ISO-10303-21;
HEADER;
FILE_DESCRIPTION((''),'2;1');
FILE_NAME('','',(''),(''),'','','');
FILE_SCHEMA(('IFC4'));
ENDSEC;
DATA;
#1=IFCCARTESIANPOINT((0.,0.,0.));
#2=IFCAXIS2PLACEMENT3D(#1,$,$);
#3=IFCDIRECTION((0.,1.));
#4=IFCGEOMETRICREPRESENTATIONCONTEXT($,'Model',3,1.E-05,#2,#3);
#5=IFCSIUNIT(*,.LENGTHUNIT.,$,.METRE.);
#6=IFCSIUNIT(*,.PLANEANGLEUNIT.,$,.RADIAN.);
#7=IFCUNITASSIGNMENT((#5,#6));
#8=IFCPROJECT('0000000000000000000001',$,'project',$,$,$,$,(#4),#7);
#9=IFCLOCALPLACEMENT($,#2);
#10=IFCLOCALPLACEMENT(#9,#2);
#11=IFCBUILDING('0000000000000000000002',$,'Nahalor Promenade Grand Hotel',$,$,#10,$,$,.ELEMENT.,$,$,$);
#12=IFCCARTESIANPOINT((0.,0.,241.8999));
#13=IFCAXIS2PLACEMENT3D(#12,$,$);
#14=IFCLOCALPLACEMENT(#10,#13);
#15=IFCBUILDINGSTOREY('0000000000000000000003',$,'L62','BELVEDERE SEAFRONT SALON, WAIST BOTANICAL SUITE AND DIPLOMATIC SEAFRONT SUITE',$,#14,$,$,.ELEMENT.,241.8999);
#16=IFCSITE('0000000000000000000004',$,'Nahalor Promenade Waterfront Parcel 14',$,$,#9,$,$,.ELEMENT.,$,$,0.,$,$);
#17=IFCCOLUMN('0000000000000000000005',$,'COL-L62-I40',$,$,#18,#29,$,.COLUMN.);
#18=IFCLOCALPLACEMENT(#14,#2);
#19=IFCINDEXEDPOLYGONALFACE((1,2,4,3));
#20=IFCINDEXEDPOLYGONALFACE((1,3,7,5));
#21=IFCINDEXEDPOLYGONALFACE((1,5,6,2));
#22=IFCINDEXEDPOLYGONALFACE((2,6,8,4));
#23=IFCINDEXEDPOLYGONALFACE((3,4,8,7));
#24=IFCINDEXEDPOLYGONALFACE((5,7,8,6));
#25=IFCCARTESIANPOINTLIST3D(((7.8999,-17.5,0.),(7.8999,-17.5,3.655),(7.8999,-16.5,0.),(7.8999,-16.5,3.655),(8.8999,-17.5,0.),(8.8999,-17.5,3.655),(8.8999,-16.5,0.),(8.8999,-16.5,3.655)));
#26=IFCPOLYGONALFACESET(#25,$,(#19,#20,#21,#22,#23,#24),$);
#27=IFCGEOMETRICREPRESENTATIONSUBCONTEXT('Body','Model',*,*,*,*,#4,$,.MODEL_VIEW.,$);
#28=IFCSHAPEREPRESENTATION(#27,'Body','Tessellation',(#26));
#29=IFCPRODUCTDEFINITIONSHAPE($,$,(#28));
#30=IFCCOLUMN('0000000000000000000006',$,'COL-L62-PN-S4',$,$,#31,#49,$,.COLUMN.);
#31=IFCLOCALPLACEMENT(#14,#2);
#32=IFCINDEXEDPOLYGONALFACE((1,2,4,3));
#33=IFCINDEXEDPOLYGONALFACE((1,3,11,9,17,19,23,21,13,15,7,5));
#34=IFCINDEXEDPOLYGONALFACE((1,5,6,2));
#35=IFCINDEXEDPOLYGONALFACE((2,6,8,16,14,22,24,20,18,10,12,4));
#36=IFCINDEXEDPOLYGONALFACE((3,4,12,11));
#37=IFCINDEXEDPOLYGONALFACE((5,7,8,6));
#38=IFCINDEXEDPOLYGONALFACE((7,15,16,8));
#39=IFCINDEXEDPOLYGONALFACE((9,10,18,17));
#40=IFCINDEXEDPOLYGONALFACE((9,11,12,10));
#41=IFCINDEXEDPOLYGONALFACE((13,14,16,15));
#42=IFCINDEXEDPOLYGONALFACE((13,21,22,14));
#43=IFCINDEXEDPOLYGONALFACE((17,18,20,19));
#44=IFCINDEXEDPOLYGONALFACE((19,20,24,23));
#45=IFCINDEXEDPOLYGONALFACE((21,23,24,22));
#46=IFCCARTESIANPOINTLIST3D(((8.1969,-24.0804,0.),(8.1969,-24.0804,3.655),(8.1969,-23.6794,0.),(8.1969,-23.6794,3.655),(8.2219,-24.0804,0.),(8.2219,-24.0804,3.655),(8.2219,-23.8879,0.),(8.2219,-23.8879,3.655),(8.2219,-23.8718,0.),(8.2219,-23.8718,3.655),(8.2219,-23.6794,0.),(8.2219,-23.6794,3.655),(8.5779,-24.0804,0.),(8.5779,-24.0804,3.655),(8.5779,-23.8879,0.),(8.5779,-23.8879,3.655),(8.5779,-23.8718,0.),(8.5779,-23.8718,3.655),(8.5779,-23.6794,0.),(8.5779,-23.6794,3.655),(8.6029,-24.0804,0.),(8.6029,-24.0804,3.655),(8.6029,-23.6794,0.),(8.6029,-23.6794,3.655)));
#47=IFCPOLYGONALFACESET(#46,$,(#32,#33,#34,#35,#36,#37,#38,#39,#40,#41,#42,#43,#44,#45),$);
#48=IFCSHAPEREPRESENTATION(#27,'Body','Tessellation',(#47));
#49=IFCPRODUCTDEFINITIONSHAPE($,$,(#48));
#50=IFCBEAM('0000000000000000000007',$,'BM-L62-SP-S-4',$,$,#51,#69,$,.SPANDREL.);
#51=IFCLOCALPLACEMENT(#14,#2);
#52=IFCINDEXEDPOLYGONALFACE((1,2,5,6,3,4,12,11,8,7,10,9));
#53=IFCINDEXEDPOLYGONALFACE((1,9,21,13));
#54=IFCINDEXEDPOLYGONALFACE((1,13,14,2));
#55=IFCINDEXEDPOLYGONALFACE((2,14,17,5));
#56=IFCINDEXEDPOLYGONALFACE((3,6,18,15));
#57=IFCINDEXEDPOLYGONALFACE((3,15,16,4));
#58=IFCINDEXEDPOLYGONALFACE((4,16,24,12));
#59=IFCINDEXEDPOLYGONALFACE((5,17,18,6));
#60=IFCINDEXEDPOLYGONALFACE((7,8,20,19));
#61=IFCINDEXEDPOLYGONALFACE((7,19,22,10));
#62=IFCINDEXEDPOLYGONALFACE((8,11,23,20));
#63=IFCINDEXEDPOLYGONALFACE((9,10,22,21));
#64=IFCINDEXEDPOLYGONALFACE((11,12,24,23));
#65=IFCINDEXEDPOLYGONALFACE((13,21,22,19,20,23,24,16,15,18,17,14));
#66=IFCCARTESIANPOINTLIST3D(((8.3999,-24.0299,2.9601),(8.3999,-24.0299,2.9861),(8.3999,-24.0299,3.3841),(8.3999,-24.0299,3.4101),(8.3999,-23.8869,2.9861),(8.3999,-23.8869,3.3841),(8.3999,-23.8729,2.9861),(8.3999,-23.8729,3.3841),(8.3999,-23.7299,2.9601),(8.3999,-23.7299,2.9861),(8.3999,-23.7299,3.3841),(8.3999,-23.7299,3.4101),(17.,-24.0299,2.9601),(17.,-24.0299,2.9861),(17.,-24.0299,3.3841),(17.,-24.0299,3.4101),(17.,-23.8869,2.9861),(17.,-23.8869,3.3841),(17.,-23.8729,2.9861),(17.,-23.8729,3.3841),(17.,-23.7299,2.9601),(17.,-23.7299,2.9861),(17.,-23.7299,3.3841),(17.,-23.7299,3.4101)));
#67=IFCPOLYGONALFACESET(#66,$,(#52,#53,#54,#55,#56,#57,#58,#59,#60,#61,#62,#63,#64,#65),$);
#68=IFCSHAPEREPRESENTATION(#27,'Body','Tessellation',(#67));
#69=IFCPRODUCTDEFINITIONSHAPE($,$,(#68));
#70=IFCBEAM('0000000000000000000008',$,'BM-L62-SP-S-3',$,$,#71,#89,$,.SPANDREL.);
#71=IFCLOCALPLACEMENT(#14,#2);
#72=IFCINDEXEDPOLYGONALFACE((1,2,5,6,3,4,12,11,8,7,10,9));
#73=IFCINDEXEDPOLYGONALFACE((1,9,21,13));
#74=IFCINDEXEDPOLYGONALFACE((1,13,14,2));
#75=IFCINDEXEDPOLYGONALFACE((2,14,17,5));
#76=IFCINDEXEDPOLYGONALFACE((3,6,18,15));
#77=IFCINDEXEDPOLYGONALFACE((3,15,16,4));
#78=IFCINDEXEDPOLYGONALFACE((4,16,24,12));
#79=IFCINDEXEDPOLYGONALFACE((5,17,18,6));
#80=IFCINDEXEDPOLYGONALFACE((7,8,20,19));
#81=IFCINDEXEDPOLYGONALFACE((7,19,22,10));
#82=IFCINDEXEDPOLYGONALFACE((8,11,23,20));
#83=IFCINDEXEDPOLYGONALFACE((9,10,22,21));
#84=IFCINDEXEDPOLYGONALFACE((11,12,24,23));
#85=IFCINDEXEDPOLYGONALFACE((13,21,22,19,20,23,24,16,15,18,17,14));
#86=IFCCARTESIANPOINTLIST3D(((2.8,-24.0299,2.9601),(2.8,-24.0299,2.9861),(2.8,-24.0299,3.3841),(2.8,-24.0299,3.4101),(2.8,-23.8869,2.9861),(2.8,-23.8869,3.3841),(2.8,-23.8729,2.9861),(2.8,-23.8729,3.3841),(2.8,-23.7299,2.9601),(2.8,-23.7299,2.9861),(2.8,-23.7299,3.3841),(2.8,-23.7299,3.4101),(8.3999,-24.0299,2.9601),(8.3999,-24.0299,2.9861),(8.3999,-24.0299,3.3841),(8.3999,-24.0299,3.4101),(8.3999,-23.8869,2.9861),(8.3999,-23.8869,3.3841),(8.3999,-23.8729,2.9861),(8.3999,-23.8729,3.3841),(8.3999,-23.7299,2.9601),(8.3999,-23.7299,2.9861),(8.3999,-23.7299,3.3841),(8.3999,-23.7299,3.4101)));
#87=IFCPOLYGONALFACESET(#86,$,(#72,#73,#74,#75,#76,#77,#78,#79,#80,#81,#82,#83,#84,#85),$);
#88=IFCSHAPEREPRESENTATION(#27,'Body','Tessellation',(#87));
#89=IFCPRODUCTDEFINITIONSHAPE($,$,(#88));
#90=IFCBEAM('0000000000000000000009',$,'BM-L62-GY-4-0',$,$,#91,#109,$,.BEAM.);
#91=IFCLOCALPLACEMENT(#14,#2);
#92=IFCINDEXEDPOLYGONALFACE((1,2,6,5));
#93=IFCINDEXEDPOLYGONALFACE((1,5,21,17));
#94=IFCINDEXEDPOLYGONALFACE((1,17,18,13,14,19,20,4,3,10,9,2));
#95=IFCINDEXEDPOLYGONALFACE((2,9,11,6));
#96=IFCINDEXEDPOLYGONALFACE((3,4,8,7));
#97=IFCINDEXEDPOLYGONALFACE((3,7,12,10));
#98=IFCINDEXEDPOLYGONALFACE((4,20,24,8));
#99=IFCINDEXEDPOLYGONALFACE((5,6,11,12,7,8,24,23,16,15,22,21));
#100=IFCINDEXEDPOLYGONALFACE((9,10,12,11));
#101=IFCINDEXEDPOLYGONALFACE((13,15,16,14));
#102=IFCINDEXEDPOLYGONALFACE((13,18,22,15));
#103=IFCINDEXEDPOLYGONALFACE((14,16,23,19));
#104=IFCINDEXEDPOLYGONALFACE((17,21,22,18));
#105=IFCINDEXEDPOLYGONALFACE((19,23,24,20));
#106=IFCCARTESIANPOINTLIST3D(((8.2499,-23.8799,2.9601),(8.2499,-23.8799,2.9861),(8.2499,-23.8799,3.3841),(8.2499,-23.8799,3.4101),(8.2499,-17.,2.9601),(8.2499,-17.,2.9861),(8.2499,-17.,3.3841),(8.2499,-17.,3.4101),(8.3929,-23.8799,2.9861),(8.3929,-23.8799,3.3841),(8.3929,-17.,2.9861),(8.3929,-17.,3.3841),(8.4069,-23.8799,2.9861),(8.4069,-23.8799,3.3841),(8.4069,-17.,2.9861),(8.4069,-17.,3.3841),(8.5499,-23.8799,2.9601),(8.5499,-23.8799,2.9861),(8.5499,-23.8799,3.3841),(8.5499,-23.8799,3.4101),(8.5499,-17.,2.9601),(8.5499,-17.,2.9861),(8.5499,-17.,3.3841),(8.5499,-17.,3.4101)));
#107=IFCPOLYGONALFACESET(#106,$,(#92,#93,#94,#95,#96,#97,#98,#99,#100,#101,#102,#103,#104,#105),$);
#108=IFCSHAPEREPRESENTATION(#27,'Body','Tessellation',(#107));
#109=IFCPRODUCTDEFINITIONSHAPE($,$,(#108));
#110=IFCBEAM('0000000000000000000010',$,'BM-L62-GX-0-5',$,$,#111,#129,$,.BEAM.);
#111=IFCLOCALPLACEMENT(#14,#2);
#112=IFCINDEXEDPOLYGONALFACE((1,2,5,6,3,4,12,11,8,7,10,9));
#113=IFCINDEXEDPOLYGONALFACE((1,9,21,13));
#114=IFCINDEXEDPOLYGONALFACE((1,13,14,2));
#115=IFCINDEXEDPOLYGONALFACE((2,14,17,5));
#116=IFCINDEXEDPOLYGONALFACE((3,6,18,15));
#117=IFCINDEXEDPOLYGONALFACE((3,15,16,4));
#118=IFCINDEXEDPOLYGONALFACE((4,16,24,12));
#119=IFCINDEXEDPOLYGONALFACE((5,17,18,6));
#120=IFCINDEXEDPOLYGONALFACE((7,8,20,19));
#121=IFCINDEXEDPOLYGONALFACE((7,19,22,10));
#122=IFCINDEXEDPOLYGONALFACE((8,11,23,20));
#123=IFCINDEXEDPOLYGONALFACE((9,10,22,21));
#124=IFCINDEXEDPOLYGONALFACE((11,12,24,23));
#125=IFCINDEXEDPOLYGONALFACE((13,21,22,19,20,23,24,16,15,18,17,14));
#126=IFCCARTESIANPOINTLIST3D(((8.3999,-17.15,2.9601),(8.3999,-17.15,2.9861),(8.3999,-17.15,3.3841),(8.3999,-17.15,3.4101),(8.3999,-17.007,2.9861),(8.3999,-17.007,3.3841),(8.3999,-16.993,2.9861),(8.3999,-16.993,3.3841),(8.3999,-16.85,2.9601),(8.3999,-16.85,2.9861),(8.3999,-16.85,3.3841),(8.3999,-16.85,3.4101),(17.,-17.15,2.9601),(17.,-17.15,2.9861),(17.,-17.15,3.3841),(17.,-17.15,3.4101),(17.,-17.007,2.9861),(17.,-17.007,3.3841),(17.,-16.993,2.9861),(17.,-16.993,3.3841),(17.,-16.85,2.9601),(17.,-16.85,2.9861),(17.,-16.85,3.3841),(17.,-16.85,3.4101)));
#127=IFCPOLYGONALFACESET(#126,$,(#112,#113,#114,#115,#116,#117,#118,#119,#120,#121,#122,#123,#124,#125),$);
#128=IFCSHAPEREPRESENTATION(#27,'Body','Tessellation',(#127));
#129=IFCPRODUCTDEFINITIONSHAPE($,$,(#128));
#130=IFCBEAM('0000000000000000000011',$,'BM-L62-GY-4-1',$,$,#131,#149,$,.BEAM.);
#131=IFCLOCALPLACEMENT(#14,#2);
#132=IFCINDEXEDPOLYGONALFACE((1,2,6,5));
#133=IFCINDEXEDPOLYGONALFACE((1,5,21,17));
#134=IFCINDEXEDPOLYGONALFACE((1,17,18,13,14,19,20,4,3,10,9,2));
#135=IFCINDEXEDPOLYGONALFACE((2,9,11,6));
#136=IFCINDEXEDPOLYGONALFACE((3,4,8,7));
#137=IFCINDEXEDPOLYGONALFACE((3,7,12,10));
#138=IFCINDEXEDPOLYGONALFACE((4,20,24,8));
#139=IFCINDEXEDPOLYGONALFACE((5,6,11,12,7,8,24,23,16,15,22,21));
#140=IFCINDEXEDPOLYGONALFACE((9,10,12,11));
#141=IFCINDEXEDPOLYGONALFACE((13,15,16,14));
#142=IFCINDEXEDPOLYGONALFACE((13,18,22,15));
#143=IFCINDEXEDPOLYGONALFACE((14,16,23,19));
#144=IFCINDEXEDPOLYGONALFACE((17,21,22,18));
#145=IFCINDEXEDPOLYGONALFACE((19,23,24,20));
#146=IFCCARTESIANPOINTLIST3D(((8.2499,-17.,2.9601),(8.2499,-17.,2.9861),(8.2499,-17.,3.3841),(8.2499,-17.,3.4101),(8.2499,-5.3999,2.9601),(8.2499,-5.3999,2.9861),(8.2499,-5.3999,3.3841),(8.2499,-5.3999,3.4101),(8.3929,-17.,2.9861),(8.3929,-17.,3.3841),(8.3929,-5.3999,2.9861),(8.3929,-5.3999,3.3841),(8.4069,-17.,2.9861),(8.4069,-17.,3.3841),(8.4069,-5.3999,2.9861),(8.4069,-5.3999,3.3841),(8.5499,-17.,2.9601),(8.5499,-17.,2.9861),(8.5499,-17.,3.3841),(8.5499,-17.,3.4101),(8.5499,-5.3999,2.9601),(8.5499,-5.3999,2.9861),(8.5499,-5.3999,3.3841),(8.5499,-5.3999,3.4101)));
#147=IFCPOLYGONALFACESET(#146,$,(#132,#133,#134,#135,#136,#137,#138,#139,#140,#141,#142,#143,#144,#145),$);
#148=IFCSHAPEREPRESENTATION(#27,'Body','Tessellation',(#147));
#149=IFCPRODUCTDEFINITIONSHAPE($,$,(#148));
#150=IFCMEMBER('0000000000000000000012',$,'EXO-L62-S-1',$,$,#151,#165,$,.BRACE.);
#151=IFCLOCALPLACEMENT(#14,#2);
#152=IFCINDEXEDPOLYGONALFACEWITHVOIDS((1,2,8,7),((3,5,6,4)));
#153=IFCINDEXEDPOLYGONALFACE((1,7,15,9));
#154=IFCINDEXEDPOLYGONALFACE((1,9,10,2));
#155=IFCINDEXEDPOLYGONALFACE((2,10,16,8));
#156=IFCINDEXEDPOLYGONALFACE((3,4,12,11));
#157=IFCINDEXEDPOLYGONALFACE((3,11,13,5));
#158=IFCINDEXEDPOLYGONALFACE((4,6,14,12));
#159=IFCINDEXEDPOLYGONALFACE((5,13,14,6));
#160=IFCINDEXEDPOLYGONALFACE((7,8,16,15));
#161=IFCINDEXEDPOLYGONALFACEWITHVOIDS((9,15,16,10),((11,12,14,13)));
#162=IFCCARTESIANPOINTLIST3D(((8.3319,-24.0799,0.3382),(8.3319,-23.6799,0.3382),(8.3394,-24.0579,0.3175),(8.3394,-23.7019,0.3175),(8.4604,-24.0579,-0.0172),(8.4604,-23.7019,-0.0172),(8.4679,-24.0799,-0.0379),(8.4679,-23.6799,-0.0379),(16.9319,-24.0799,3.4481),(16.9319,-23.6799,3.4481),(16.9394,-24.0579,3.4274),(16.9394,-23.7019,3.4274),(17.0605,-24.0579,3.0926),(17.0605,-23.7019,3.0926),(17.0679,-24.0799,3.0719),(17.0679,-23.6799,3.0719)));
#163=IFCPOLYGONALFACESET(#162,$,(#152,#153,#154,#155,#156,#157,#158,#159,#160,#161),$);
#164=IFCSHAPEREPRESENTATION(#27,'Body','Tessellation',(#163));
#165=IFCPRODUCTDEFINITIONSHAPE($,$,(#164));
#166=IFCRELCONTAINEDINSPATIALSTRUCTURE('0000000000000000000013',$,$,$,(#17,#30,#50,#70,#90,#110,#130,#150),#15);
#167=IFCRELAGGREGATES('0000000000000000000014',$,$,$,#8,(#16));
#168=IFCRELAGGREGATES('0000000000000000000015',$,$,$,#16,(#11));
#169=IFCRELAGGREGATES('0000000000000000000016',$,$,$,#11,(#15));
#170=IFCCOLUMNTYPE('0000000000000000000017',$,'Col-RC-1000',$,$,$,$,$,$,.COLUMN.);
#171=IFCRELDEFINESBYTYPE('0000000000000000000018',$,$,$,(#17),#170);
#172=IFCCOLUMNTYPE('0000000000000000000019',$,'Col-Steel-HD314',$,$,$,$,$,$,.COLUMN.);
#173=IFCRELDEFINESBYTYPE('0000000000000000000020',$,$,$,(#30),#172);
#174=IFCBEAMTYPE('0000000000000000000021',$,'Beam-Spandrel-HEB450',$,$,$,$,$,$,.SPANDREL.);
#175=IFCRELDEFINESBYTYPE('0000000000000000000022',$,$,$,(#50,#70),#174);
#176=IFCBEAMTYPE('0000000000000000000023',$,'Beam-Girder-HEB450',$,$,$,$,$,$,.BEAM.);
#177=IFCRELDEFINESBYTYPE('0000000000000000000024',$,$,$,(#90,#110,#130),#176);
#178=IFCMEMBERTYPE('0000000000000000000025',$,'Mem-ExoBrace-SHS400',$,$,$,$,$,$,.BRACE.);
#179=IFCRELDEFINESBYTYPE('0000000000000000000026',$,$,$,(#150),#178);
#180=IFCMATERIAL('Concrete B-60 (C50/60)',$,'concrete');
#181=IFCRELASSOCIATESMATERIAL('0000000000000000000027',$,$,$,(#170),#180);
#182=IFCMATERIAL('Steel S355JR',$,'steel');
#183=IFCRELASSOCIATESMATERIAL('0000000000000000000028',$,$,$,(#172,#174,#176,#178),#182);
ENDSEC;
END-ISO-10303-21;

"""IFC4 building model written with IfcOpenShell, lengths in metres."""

from ifc_helpers import new_model, si_unit, direction, frame, origin, origin_2d, place, context, subcontext, project, spatial, rectangle, hollow_rectangle, i_section, extrude, source, transform, mapped, material, material_profile, profile_set, type_object, element, save


model = new_model("IFC4")

# Units and contexts
model_context = context("Model", 3, precision=1e-05, world=origin(), true_north=direction((0.0, 1.0)))
body_context = subcontext(model_context, "Body", "Model", "MODEL_VIEW")
ifc_project = project(units=[si_unit("LENGTHUNIT", "METRE"), si_unit("PLANEANGLEUNIT", "RADIAN")], contexts=[model_context])

# Site, building, storey
site_placement = place(None, origin())
site = spatial("IfcSite", under=ifc_project, at=site_placement, Name="Nahalor Promenade Waterfront Parcel 14", CompositionType="ELEMENT", RefElevation=0.0)
building_placement = place(site_placement, origin())
building = spatial("IfcBuilding", under=site, at=building_placement, Name="Nahalor Promenade Grand Hotel", CompositionType="ELEMENT")
storey_placement = place(building_placement, frame((0.0, 0.0, 241.8999)))
storey = spatial("IfcBuildingStorey", under=building, at=storey_placement, Name="L62", Description="BELVEDERE SEAFRONT SALON, WAIST BOTANICAL SUITE AND DIPLOMATIC SEAFRONT SUITE", CompositionType="ELEMENT", Elevation=241.8999)

# Columns
ifc_material_1 = material(Name="Concrete B-60 (C50/60)", Category="concrete")
ifc_material_profile_1 = material_profile(ifc_material_1, rectangle(XDim=1.0, YDim=1.0, at=origin_2d()), Name="RC 1000x1000")
ifc_profile_set_1 = profile_set([ifc_material_profile_1], Name="Concrete B-60 (C50/60)")
column_type_1 = type_object("IfcColumnType", Name="Col-RC-1000", PredefinedType="COLUMN", material=ifc_profile_set_1)
shared_shape_1 = source(origin(), body_context, "Body", "SweptSolid", [
    extrude(rectangle(XDim=1.0, YDim=1.0, at=origin_2d()), origin(), (0.0, 0.0, 1.0), 3.655),
])
column_1_placement = place(storey_placement, frame((8.3999, -17.0, 0.0), z_axis=(0.0, 0.0, 1.0), x_axis=(1.0, 0.0, 0.0)))
element("IfcColumn", 1, at=column_1_placement, inside=storey, type_object=column_type_1, Name="COL-L62-I40", PredefinedType="COLUMN", context=body_context, shape_type="MappedRepresentation", body=[
    mapped(shared_shape_1, transform((0.0, 0.0, 0.0), scale=1.0)),
])
ifc_material_2 = material(Name="Steel S355JR", Category="steel")
ifc_material_profile_2 = material_profile(ifc_material_2, i_section(OverallWidth=0.401, OverallDepth=0.406, WebThickness=0.0161, FlangeThickness=0.025, at=origin_2d()), Name="HD 400x314")
ifc_profile_set_2 = profile_set([ifc_material_profile_2], Name="Steel S355JR")
column_type_2 = type_object("IfcColumnType", Name="Col-Steel-HD314", PredefinedType="COLUMN", material=ifc_profile_set_2)
shared_shape_2 = source(origin(), body_context, "Body", "SweptSolid", [
    extrude(i_section(OverallWidth=0.401, OverallDepth=0.406, WebThickness=0.0161, FlangeThickness=0.025, at=origin_2d()), origin(), (0.0, 0.0, 1.0), 3.655),
])
column_2_placement = place(storey_placement, frame((8.3999, -23.8799, 0.0), z_axis=(0.0, 0.0, 1.0), x_axis=(0.0, 1.0, 0.0)))
element("IfcColumn", 2, at=column_2_placement, inside=storey, type_object=column_type_2, Name="COL-L62-PN-S4", PredefinedType="COLUMN", context=body_context, shape_type="MappedRepresentation", body=[
    mapped(shared_shape_2, transform((0.0, 0.0, 0.0), scale=1.0)),
])

# Beams
ifc_material_profile_3 = material_profile(ifc_material_2, i_section(OverallWidth=0.3, OverallDepth=0.45, WebThickness=0.014, FlangeThickness=0.026, at=origin_2d()), Name="HEB 450")
ifc_profile_set_3 = profile_set([ifc_material_profile_3], Name="Steel S355JR")
beam_type_1 = type_object("IfcBeamType", Name="Beam-Spandrel-HEB450", PredefinedType="SPANDREL", material=ifc_profile_set_3)
shared_shape_3 = source(origin(), body_context, "Body", "SweptSolid", [
    extrude(i_section(OverallWidth=0.3, OverallDepth=0.45, WebThickness=0.014, FlangeThickness=0.026, at=origin_2d()), origin(), (0.0, 0.0, 1.0), 8.6001),
])
beam_1_placement = place(storey_placement, frame((8.3999, -23.8799, 3.1851), z_axis=(1.0, 0.0, 0.0), x_axis=(0.0, 1.0, 0.0)))
element("IfcBeam", 3, at=beam_1_placement, inside=storey, type_object=beam_type_1, Name="BM-L62-SP-S-4", PredefinedType="SPANDREL", context=body_context, shape_type="MappedRepresentation", body=[
    mapped(shared_shape_3, transform((0.0, 0.0, 0.0), scale=1.0)),
])
shared_shape_4 = source(origin(), body_context, "Body", "SweptSolid", [
    extrude(i_section(OverallWidth=0.3, OverallDepth=0.45, WebThickness=0.014, FlangeThickness=0.026, at=origin_2d()), origin(), (0.0, 0.0, 1.0), 5.5999),
])
beam_2_placement = place(storey_placement, frame((2.8, -23.8799, 3.1851), z_axis=(1.0, 0.0, 0.0), x_axis=(0.0, 1.0, 0.0)))
element("IfcBeam", 4, at=beam_2_placement, inside=storey, type_object=beam_type_1, Name="BM-L62-SP-S-3", PredefinedType="SPANDREL", context=body_context, shape_type="MappedRepresentation", body=[
    mapped(shared_shape_4, transform((0.0, 0.0, 0.0), scale=1.0)),
])
ifc_material_profile_4 = material_profile(ifc_material_2, i_section(OverallWidth=0.3, OverallDepth=0.45, WebThickness=0.014, FlangeThickness=0.026, at=origin_2d()), Name="HEB 450")
ifc_profile_set_4 = profile_set([ifc_material_profile_4], Name="Steel S355JR")
beam_type_2 = type_object("IfcBeamType", Name="Beam-Girder-HEB450", PredefinedType="BEAM", material=ifc_profile_set_4)
shared_shape_5 = source(origin(), body_context, "Body", "SweptSolid", [
    extrude(i_section(OverallWidth=0.3, OverallDepth=0.45, WebThickness=0.014, FlangeThickness=0.026, at=origin_2d()), origin(), (0.0, 0.0, 1.0), 6.8799),
])
beam_3_placement = place(storey_placement, frame((8.3999, -23.8799, 3.1851), z_axis=(0.0, 1.0, 0.0), x_axis=(-1.0, 0.0, 0.0)))
element("IfcBeam", 5, at=beam_3_placement, inside=storey, type_object=beam_type_2, Name="BM-L62-GY-4-0", PredefinedType="BEAM", context=body_context, shape_type="MappedRepresentation", body=[
    mapped(shared_shape_5, transform((0.0, 0.0, 0.0), scale=1.0)),
])
shared_shape_6 = source(origin(), body_context, "Body", "SweptSolid", [
    extrude(i_section(OverallWidth=0.3, OverallDepth=0.45, WebThickness=0.014, FlangeThickness=0.026, at=origin_2d()), origin(), (0.0, 0.0, 1.0), 8.6001),
])
beam_4_placement = place(storey_placement, frame((8.3999, -17.0, 3.1851), z_axis=(1.0, 0.0, 0.0), x_axis=(0.0, 1.0, 0.0)))
element("IfcBeam", 6, at=beam_4_placement, inside=storey, type_object=beam_type_2, Name="BM-L62-GX-0-5", PredefinedType="BEAM", context=body_context, shape_type="MappedRepresentation", body=[
    mapped(shared_shape_6, transform((0.0, 0.0, 0.0), scale=1.0)),
])
shared_shape_7 = source(origin(), body_context, "Body", "SweptSolid", [
    extrude(i_section(OverallWidth=0.3, OverallDepth=0.45, WebThickness=0.014, FlangeThickness=0.026, at=origin_2d()), origin(), (0.0, 0.0, 1.0), 11.6001),
])
beam_5_placement = place(storey_placement, frame((8.3999, -17.0, 3.1851), z_axis=(0.0, 1.0, 0.0), x_axis=(-1.0, 0.0, 0.0)))
element("IfcBeam", 7, at=beam_5_placement, inside=storey, type_object=beam_type_2, Name="BM-L62-GY-4-1", PredefinedType="BEAM", context=body_context, shape_type="MappedRepresentation", body=[
    mapped(shared_shape_7, transform((0.0, 0.0, 0.0), scale=1.0)),
])

# Member
ifc_material_profile_5 = material_profile(ifc_material_2, hollow_rectangle(XDim=0.4, YDim=0.4, WallThickness=0.022, at=origin_2d()), Name="SHS 400x400x22")
ifc_profile_set_5 = profile_set([ifc_material_profile_5], Name="Steel S355JR")
member_type_1 = type_object("IfcMemberType", Name="Mem-ExoBrace-SHS400", PredefinedType="BRACE", material=ifc_profile_set_5)
shared_shape_8 = source(origin(), body_context, "Body", "SweptSolid", [
    extrude(hollow_rectangle(XDim=0.4, YDim=0.4, WallThickness=0.022, at=origin_2d()), origin(), (0.0, 0.0, 1.0), 9.145),
])
member_1_placement = place(storey_placement, frame((8.3999, -23.8799, 0.1501), z_axis=(0.940405, 0.0, 0.340058), x_axis=(0.0, 1.0, 0.0)))
element("IfcMember", 8, at=member_1_placement, inside=storey, type_object=member_type_1, Name="EXO-L62-S-1", PredefinedType="BRACE", context=body_context, shape_type="MappedRepresentation", body=[
    mapped(shared_shape_8, transform((0.0, 0.0, 0.0), scale=1.0)),
])

save(model, "model.ifc")
